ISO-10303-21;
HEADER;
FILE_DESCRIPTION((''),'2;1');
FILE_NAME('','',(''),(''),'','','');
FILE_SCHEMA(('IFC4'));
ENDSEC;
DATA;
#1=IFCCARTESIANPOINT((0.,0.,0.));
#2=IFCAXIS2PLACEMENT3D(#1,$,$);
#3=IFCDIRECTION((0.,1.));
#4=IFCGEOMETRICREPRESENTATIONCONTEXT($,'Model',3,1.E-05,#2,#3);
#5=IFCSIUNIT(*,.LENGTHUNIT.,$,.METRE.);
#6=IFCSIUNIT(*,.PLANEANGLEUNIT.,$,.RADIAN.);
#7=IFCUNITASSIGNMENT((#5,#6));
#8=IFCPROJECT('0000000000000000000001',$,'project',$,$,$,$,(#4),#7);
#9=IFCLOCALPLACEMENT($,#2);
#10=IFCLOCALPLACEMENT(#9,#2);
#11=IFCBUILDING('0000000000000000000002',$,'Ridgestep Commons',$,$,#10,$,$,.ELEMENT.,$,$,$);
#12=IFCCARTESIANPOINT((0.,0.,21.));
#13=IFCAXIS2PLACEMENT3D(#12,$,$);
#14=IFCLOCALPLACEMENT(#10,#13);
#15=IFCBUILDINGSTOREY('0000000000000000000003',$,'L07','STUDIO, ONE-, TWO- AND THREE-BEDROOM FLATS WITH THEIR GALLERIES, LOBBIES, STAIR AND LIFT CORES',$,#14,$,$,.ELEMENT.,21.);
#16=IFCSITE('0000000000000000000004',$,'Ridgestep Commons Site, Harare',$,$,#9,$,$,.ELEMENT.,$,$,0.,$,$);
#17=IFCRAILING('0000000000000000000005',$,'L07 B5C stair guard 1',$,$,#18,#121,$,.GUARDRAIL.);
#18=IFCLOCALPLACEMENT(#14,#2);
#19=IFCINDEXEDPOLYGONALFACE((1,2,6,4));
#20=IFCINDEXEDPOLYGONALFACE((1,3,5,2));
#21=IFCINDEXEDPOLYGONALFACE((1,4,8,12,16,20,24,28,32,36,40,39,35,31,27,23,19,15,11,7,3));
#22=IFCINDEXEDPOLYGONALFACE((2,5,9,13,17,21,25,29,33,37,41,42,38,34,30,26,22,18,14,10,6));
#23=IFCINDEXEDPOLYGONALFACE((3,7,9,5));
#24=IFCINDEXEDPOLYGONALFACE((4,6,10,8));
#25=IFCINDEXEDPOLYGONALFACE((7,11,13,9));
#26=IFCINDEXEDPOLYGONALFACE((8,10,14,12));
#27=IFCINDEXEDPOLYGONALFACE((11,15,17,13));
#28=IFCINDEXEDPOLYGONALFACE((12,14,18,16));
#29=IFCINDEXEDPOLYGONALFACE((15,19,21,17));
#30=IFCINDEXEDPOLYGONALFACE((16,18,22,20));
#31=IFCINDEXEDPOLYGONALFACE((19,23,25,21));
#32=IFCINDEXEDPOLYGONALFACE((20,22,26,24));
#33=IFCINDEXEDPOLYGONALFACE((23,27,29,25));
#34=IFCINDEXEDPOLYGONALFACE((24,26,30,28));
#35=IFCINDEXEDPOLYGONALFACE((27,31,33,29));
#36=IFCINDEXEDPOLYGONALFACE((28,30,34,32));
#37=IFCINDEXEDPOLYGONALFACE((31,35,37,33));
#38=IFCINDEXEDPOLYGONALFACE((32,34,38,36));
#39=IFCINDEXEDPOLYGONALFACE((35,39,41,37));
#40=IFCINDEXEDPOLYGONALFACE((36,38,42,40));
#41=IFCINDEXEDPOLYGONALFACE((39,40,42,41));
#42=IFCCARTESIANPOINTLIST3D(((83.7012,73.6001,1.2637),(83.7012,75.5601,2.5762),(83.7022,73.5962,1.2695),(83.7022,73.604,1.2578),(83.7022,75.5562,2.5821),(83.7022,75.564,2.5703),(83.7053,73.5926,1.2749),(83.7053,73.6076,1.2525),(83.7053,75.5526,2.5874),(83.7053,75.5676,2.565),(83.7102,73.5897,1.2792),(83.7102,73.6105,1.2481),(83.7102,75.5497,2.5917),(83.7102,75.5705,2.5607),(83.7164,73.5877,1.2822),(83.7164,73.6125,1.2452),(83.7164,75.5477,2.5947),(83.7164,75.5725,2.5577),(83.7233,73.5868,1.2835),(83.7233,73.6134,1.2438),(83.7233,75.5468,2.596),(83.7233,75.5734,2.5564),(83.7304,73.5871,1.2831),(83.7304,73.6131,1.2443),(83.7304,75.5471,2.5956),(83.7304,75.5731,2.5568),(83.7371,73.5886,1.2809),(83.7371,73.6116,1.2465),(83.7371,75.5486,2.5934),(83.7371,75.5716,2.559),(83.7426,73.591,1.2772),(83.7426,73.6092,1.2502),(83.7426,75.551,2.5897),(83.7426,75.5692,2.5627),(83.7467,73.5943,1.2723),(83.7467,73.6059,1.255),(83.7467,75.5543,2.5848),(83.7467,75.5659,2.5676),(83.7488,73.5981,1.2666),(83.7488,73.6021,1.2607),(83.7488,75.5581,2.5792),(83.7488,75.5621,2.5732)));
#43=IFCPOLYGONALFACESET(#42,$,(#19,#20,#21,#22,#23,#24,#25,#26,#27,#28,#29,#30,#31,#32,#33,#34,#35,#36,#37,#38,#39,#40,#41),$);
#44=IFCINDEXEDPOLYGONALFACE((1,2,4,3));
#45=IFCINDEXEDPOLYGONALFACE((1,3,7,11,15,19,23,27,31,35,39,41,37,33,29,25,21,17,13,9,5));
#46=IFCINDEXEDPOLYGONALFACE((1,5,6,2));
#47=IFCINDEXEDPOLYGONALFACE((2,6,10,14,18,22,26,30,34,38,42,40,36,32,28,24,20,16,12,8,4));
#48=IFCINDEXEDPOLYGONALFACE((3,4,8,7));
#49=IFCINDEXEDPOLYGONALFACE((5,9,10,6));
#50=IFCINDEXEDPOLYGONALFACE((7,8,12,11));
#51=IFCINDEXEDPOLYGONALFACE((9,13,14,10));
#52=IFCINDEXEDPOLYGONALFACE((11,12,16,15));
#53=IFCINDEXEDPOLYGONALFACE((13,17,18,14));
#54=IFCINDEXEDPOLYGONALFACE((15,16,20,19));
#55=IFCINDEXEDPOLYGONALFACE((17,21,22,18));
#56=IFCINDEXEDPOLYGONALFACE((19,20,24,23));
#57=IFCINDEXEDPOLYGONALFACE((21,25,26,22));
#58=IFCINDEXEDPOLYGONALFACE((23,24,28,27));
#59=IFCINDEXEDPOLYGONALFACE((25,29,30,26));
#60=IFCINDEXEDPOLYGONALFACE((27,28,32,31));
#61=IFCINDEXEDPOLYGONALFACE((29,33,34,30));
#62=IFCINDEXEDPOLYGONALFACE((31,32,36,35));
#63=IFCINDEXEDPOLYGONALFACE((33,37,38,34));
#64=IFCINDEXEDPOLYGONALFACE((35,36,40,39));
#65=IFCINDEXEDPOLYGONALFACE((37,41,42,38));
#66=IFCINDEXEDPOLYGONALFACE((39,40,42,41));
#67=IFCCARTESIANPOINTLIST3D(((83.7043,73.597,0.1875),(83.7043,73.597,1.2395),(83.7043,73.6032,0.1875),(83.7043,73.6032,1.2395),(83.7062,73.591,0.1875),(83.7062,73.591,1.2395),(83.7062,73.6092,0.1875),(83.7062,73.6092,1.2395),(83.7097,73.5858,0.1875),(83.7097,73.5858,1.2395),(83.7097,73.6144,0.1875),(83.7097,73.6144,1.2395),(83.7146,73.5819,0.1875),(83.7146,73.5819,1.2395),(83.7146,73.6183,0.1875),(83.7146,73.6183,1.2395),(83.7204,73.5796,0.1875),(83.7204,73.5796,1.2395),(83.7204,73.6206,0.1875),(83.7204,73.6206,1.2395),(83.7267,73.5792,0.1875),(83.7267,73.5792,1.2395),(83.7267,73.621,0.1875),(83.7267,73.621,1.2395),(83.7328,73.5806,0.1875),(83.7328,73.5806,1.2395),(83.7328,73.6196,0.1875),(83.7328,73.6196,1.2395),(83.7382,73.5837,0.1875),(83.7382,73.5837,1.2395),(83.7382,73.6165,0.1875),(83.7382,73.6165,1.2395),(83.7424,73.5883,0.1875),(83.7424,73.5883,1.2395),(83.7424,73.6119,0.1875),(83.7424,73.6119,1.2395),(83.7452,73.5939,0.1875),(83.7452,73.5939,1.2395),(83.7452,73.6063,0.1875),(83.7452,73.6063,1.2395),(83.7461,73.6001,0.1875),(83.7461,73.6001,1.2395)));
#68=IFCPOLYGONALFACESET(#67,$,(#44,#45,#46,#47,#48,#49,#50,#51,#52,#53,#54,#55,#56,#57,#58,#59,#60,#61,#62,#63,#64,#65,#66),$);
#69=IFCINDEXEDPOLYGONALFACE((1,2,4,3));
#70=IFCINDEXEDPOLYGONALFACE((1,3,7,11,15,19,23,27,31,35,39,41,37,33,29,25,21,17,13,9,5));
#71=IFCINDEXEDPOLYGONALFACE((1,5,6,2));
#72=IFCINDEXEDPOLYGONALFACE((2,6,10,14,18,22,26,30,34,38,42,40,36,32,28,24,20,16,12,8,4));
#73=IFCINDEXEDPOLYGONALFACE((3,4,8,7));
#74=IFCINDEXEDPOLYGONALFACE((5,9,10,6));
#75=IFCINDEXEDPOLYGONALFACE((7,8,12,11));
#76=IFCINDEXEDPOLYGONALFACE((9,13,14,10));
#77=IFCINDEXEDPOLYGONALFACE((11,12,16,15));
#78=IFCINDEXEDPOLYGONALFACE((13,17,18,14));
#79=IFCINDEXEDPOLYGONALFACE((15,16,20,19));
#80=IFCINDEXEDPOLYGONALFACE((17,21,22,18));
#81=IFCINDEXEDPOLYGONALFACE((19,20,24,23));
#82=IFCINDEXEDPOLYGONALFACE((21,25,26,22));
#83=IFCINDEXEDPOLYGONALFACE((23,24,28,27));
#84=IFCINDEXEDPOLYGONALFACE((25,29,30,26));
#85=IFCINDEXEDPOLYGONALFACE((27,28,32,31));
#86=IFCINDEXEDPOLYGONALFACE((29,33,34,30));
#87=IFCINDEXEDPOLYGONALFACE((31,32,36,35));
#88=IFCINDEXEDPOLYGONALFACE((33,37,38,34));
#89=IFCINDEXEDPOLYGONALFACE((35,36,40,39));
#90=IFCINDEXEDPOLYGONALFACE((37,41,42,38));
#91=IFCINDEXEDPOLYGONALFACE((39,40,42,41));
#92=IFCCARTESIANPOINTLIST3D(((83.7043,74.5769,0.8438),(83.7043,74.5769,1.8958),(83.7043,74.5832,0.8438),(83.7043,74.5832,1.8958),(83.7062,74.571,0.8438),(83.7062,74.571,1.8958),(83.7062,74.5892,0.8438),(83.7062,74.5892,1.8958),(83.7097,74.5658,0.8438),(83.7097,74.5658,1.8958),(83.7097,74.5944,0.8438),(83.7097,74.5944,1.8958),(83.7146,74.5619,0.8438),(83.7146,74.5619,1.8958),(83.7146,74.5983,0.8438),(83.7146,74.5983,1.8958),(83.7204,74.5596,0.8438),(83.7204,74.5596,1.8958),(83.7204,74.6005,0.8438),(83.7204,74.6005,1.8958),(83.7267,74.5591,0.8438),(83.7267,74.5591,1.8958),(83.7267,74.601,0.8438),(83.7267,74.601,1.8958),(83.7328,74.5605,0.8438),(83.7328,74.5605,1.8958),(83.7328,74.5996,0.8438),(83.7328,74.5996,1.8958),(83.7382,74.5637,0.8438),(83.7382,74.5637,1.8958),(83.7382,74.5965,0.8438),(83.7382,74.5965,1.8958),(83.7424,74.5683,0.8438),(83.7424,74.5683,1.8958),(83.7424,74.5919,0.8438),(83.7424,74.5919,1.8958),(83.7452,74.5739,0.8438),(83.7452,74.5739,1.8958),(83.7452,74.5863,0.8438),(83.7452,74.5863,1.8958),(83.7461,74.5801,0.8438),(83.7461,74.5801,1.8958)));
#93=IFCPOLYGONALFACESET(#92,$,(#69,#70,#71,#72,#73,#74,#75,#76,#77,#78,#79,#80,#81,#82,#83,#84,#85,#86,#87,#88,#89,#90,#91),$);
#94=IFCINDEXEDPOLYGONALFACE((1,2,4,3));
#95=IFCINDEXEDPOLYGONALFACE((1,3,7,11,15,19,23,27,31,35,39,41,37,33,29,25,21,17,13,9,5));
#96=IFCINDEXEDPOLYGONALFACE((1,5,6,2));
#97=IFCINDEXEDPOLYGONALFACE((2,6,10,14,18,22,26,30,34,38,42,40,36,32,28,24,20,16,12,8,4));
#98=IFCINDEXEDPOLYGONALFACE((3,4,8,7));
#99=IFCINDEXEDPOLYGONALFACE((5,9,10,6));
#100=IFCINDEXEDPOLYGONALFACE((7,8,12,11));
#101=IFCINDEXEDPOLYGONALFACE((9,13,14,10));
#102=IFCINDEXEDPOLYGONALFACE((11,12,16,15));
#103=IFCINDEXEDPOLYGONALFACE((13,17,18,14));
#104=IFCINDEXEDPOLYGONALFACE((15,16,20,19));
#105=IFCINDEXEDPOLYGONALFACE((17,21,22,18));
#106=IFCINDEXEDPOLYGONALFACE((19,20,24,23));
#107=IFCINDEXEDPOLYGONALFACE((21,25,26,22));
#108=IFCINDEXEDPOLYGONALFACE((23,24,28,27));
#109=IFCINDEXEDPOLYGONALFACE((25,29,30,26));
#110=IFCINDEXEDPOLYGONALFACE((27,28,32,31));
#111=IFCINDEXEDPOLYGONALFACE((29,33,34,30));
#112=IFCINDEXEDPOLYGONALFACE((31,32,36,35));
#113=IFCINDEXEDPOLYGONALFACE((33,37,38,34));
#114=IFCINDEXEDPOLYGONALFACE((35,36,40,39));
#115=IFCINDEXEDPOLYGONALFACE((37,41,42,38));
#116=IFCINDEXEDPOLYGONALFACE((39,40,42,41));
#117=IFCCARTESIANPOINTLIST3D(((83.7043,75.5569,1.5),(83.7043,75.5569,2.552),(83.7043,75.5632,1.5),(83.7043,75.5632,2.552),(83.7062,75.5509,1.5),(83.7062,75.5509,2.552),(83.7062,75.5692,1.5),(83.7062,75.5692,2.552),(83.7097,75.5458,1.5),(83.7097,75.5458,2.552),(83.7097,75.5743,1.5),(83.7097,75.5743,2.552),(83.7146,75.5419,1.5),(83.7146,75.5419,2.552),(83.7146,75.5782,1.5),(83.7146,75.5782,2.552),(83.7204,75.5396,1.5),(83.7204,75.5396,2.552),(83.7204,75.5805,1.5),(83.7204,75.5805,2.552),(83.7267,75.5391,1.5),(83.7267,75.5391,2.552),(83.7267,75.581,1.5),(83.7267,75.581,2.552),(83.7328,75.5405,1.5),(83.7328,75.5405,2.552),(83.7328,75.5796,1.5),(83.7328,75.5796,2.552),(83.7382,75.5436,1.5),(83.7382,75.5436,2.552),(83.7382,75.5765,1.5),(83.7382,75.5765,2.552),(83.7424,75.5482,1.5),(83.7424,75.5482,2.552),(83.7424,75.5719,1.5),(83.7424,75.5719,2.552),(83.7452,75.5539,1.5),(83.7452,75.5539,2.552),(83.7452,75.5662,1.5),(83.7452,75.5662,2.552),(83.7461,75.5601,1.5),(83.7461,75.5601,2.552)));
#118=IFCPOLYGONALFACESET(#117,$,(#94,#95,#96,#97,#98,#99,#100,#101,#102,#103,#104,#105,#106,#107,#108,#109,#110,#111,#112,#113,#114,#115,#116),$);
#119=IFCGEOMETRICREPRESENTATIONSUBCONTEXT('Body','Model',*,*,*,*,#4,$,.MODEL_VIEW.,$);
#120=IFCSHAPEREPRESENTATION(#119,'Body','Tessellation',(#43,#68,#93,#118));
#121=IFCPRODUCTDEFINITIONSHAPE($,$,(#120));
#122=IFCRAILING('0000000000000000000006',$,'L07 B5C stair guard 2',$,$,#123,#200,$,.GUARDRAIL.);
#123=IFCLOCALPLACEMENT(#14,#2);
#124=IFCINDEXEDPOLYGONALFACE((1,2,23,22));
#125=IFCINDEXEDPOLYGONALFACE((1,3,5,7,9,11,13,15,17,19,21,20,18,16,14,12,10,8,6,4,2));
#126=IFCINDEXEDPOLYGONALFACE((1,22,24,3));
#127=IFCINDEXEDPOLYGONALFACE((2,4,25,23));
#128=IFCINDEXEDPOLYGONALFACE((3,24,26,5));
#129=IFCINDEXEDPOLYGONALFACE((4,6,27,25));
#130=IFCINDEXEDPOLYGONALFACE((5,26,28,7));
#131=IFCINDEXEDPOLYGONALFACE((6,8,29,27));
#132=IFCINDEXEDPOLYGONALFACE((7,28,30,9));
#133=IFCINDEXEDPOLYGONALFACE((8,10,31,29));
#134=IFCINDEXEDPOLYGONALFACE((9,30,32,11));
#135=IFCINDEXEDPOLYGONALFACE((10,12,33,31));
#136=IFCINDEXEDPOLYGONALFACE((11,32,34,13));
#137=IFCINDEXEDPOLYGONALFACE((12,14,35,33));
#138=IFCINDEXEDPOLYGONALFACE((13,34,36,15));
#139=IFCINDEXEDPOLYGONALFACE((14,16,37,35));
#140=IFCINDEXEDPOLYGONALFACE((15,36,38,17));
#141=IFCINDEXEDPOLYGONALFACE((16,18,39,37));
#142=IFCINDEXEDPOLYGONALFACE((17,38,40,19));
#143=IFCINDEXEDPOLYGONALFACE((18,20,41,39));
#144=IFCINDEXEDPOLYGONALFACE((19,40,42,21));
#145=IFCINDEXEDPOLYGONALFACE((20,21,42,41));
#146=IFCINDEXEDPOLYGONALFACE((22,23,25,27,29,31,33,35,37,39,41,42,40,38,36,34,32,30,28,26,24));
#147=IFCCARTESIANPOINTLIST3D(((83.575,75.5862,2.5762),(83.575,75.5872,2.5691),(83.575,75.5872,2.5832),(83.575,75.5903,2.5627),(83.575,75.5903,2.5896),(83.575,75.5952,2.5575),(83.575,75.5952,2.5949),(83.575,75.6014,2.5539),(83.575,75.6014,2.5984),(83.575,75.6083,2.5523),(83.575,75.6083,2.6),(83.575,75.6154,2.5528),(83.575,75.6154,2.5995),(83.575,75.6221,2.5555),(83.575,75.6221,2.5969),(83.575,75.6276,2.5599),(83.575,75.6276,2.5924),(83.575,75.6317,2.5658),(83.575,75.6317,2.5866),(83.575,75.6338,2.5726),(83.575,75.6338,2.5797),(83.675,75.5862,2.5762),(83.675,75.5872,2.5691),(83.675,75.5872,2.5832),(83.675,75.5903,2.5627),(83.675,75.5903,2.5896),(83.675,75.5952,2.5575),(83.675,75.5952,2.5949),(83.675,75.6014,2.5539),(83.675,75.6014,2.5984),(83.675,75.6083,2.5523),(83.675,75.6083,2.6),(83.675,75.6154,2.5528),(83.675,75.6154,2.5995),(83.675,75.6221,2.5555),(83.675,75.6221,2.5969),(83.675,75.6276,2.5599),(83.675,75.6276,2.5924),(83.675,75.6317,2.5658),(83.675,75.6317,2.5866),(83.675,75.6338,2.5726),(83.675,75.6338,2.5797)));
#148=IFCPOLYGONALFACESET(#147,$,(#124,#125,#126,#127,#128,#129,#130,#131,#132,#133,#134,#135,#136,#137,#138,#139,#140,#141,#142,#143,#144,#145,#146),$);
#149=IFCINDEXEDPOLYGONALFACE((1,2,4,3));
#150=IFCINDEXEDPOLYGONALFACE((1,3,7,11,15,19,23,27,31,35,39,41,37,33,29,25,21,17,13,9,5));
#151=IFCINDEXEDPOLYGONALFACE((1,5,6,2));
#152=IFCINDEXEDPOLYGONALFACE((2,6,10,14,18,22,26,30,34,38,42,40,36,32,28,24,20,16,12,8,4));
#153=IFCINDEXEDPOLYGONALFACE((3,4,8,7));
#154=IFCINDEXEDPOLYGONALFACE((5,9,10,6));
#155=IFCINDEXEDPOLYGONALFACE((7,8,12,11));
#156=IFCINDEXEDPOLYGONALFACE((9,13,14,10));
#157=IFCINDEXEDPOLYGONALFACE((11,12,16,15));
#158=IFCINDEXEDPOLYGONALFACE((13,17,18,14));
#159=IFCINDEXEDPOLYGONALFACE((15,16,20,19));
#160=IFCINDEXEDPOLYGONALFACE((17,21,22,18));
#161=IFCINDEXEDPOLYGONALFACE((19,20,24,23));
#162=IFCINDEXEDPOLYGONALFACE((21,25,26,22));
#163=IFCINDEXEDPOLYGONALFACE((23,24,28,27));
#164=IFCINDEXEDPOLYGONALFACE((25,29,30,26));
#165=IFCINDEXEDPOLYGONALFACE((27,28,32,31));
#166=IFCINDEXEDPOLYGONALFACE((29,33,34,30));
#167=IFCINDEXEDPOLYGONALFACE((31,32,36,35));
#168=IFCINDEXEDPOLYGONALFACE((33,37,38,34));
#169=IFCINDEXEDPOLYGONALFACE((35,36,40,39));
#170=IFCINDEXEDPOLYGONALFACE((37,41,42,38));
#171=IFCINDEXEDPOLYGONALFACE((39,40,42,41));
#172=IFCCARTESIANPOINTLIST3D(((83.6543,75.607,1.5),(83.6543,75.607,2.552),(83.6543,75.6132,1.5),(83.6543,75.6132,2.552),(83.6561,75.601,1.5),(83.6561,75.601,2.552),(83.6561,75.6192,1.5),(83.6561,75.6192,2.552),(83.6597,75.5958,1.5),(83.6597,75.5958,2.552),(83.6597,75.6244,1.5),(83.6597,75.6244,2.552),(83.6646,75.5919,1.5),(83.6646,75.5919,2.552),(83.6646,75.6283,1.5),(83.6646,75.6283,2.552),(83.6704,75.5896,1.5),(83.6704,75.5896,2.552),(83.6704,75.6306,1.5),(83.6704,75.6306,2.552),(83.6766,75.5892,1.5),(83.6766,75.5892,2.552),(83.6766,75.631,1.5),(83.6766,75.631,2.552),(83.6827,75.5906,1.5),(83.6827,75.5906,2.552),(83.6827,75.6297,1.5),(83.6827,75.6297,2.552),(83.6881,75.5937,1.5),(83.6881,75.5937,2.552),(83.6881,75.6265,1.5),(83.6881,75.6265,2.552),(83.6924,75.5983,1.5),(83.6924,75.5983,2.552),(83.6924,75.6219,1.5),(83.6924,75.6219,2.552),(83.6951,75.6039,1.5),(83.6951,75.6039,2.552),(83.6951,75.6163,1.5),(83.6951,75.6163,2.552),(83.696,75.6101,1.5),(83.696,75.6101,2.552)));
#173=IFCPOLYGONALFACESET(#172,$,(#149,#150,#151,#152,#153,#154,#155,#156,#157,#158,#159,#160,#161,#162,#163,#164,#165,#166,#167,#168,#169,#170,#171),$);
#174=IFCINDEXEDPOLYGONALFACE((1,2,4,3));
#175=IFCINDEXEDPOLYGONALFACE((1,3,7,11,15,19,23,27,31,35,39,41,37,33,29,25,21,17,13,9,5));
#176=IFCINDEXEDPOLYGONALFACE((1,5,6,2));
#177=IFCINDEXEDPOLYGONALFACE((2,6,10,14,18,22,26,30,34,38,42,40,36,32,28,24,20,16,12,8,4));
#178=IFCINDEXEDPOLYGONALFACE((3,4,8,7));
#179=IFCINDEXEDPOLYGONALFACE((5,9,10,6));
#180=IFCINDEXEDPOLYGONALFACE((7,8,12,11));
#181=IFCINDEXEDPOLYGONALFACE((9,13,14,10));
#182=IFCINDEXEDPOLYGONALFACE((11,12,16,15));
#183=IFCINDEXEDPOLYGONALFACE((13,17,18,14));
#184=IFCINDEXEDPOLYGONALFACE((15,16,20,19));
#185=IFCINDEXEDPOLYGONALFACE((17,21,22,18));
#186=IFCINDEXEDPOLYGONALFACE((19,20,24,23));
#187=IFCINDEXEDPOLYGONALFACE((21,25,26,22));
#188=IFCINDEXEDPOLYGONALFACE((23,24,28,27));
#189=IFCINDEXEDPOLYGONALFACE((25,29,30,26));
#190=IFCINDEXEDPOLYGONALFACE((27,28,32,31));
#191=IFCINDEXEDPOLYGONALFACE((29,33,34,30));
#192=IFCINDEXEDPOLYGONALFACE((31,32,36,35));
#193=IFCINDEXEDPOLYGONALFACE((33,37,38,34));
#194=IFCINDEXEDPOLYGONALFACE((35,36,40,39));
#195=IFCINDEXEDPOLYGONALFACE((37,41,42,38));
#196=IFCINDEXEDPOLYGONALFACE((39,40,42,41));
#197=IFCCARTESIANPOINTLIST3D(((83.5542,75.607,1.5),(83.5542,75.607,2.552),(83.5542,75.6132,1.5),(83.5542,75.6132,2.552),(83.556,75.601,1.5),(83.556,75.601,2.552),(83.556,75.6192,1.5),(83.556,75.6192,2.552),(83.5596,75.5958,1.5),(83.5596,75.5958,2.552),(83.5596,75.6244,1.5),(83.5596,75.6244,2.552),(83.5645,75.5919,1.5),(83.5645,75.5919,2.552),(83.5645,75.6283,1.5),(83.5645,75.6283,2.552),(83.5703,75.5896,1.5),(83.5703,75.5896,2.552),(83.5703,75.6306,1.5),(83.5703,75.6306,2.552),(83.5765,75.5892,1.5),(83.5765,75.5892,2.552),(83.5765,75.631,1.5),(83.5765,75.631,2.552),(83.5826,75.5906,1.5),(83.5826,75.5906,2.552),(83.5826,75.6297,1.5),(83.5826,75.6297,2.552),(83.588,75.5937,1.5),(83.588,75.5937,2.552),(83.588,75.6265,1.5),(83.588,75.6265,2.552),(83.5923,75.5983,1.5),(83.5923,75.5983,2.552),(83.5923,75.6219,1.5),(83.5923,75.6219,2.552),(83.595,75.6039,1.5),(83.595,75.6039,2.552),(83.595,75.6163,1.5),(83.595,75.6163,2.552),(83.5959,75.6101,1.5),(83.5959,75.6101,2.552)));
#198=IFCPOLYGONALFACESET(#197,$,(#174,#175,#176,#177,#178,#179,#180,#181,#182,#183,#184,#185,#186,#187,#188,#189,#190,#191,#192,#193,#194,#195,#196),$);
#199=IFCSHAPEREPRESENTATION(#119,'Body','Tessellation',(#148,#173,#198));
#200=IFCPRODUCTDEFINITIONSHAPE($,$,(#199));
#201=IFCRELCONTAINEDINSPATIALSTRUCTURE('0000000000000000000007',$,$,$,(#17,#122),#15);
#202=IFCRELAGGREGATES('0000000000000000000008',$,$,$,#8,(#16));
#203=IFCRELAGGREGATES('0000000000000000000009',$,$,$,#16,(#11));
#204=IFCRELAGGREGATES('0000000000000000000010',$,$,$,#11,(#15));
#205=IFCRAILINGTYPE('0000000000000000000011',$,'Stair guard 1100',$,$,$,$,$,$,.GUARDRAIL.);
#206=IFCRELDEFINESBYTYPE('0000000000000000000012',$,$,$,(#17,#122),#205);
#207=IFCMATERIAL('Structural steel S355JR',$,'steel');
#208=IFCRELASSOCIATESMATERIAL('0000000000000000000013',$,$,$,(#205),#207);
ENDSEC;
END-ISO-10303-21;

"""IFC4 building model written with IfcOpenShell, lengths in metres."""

from ifc_helpers import new_model, si_unit, direction, frame, origin, origin_2d, place, context, subcontext, project, spatial, circle, extrude, material, type_object, element, save


model = new_model("IFC4")

# Units and contexts
model_context = context("Model", 3, precision=1e-05, world=origin(), true_north=direction((0.0, 1.0)))
body_context = subcontext(model_context, "Body", "Model", "MODEL_VIEW")
ifc_project = project(units=[si_unit("LENGTHUNIT", "METRE"), si_unit("PLANEANGLEUNIT", "RADIAN")], contexts=[model_context])

# Site, building, storey
site_placement = place(None, origin())
site = spatial("IfcSite", under=ifc_project, at=site_placement, Name="Ridgestep Commons Site, Harare", CompositionType="ELEMENT", RefElevation=0.0)
building_placement = place(site_placement, origin())
building = spatial("IfcBuilding", under=site, at=building_placement, Name="Ridgestep Commons", CompositionType="ELEMENT")
storey_placement = place(building_placement, frame((0.0, 0.0, 21.0)))
storey = spatial("IfcBuildingStorey", under=building, at=storey_placement, Name="L07", Description="STUDIO, ONE-, TWO- AND THREE-BEDROOM FLATS WITH THEIR GALLERIES, LOBBIES, STAIR AND LIFT CORES", CompositionType="ELEMENT", Elevation=21.0)

# Railings
ifc_material_1 = material(Name="Structural steel S355JR", Category="steel")
railing_type_1 = type_object("IfcRailingType", Name="Stair guard 1100", PredefinedType="GUARDRAIL", material=ifc_material_1)
railing_1_placement = place(storey_placement, frame((83.7251, 73.6001, 0.1875)))
element("IfcRailing", 1, at=railing_1_placement, inside=storey, type_object=railing_type_1, Name="L07 B5C stair guard 1", PredefinedType="GUARDRAIL", context=body_context, shape_type="SweptSolid", body=[
    extrude(circle(Radius=0.0239, at=origin_2d()), frame((0.0, 0.0, 1.0762), z_axis=(0.0, 0.830902, 0.556419), x_axis=(-1.0, 0.0, 0.0)), (0.0, 0.0, 1.0), 2.3589),
    extrude(circle(Radius=0.021, at=origin_2d()), origin(), (0.0, 0.0, 1.0), 1.052),
    extrude(circle(Radius=0.021, at=origin_2d()), frame((0.0, 0.98, 0.6562)), (0.0, 0.0, 1.0), 1.052),
    extrude(circle(Radius=0.021, at=origin_2d()), frame((0.0, 1.96, 1.3125)), (0.0, 0.0, 1.0), 1.052),
])
railing_2_placement = place(storey_placement, frame((83.675, 75.6101, 1.5)))
element("IfcRailing", 2, at=railing_2_placement, inside=storey, type_object=railing_type_1, Name="L07 B5C stair guard 2", PredefinedType="GUARDRAIL", context=body_context, shape_type="SweptSolid", body=[
    extrude(circle(Radius=0.0239, at=origin_2d()), frame((0.0, 0.0, 1.0762), z_axis=(-1.0, 0.0, 0.0), x_axis=(0.0, -1.0, 0.0)), (0.0, 0.0, 1.0), 0.1001),
    extrude(circle(Radius=0.021, at=origin_2d()), origin(), (0.0, 0.0, 1.0), 1.052),
    extrude(circle(Radius=0.021, at=origin_2d()), frame((-0.1001, 0.0, 0.0)), (0.0, 0.0, 1.0), 1.052),
])

save(model, "model.ifc")
